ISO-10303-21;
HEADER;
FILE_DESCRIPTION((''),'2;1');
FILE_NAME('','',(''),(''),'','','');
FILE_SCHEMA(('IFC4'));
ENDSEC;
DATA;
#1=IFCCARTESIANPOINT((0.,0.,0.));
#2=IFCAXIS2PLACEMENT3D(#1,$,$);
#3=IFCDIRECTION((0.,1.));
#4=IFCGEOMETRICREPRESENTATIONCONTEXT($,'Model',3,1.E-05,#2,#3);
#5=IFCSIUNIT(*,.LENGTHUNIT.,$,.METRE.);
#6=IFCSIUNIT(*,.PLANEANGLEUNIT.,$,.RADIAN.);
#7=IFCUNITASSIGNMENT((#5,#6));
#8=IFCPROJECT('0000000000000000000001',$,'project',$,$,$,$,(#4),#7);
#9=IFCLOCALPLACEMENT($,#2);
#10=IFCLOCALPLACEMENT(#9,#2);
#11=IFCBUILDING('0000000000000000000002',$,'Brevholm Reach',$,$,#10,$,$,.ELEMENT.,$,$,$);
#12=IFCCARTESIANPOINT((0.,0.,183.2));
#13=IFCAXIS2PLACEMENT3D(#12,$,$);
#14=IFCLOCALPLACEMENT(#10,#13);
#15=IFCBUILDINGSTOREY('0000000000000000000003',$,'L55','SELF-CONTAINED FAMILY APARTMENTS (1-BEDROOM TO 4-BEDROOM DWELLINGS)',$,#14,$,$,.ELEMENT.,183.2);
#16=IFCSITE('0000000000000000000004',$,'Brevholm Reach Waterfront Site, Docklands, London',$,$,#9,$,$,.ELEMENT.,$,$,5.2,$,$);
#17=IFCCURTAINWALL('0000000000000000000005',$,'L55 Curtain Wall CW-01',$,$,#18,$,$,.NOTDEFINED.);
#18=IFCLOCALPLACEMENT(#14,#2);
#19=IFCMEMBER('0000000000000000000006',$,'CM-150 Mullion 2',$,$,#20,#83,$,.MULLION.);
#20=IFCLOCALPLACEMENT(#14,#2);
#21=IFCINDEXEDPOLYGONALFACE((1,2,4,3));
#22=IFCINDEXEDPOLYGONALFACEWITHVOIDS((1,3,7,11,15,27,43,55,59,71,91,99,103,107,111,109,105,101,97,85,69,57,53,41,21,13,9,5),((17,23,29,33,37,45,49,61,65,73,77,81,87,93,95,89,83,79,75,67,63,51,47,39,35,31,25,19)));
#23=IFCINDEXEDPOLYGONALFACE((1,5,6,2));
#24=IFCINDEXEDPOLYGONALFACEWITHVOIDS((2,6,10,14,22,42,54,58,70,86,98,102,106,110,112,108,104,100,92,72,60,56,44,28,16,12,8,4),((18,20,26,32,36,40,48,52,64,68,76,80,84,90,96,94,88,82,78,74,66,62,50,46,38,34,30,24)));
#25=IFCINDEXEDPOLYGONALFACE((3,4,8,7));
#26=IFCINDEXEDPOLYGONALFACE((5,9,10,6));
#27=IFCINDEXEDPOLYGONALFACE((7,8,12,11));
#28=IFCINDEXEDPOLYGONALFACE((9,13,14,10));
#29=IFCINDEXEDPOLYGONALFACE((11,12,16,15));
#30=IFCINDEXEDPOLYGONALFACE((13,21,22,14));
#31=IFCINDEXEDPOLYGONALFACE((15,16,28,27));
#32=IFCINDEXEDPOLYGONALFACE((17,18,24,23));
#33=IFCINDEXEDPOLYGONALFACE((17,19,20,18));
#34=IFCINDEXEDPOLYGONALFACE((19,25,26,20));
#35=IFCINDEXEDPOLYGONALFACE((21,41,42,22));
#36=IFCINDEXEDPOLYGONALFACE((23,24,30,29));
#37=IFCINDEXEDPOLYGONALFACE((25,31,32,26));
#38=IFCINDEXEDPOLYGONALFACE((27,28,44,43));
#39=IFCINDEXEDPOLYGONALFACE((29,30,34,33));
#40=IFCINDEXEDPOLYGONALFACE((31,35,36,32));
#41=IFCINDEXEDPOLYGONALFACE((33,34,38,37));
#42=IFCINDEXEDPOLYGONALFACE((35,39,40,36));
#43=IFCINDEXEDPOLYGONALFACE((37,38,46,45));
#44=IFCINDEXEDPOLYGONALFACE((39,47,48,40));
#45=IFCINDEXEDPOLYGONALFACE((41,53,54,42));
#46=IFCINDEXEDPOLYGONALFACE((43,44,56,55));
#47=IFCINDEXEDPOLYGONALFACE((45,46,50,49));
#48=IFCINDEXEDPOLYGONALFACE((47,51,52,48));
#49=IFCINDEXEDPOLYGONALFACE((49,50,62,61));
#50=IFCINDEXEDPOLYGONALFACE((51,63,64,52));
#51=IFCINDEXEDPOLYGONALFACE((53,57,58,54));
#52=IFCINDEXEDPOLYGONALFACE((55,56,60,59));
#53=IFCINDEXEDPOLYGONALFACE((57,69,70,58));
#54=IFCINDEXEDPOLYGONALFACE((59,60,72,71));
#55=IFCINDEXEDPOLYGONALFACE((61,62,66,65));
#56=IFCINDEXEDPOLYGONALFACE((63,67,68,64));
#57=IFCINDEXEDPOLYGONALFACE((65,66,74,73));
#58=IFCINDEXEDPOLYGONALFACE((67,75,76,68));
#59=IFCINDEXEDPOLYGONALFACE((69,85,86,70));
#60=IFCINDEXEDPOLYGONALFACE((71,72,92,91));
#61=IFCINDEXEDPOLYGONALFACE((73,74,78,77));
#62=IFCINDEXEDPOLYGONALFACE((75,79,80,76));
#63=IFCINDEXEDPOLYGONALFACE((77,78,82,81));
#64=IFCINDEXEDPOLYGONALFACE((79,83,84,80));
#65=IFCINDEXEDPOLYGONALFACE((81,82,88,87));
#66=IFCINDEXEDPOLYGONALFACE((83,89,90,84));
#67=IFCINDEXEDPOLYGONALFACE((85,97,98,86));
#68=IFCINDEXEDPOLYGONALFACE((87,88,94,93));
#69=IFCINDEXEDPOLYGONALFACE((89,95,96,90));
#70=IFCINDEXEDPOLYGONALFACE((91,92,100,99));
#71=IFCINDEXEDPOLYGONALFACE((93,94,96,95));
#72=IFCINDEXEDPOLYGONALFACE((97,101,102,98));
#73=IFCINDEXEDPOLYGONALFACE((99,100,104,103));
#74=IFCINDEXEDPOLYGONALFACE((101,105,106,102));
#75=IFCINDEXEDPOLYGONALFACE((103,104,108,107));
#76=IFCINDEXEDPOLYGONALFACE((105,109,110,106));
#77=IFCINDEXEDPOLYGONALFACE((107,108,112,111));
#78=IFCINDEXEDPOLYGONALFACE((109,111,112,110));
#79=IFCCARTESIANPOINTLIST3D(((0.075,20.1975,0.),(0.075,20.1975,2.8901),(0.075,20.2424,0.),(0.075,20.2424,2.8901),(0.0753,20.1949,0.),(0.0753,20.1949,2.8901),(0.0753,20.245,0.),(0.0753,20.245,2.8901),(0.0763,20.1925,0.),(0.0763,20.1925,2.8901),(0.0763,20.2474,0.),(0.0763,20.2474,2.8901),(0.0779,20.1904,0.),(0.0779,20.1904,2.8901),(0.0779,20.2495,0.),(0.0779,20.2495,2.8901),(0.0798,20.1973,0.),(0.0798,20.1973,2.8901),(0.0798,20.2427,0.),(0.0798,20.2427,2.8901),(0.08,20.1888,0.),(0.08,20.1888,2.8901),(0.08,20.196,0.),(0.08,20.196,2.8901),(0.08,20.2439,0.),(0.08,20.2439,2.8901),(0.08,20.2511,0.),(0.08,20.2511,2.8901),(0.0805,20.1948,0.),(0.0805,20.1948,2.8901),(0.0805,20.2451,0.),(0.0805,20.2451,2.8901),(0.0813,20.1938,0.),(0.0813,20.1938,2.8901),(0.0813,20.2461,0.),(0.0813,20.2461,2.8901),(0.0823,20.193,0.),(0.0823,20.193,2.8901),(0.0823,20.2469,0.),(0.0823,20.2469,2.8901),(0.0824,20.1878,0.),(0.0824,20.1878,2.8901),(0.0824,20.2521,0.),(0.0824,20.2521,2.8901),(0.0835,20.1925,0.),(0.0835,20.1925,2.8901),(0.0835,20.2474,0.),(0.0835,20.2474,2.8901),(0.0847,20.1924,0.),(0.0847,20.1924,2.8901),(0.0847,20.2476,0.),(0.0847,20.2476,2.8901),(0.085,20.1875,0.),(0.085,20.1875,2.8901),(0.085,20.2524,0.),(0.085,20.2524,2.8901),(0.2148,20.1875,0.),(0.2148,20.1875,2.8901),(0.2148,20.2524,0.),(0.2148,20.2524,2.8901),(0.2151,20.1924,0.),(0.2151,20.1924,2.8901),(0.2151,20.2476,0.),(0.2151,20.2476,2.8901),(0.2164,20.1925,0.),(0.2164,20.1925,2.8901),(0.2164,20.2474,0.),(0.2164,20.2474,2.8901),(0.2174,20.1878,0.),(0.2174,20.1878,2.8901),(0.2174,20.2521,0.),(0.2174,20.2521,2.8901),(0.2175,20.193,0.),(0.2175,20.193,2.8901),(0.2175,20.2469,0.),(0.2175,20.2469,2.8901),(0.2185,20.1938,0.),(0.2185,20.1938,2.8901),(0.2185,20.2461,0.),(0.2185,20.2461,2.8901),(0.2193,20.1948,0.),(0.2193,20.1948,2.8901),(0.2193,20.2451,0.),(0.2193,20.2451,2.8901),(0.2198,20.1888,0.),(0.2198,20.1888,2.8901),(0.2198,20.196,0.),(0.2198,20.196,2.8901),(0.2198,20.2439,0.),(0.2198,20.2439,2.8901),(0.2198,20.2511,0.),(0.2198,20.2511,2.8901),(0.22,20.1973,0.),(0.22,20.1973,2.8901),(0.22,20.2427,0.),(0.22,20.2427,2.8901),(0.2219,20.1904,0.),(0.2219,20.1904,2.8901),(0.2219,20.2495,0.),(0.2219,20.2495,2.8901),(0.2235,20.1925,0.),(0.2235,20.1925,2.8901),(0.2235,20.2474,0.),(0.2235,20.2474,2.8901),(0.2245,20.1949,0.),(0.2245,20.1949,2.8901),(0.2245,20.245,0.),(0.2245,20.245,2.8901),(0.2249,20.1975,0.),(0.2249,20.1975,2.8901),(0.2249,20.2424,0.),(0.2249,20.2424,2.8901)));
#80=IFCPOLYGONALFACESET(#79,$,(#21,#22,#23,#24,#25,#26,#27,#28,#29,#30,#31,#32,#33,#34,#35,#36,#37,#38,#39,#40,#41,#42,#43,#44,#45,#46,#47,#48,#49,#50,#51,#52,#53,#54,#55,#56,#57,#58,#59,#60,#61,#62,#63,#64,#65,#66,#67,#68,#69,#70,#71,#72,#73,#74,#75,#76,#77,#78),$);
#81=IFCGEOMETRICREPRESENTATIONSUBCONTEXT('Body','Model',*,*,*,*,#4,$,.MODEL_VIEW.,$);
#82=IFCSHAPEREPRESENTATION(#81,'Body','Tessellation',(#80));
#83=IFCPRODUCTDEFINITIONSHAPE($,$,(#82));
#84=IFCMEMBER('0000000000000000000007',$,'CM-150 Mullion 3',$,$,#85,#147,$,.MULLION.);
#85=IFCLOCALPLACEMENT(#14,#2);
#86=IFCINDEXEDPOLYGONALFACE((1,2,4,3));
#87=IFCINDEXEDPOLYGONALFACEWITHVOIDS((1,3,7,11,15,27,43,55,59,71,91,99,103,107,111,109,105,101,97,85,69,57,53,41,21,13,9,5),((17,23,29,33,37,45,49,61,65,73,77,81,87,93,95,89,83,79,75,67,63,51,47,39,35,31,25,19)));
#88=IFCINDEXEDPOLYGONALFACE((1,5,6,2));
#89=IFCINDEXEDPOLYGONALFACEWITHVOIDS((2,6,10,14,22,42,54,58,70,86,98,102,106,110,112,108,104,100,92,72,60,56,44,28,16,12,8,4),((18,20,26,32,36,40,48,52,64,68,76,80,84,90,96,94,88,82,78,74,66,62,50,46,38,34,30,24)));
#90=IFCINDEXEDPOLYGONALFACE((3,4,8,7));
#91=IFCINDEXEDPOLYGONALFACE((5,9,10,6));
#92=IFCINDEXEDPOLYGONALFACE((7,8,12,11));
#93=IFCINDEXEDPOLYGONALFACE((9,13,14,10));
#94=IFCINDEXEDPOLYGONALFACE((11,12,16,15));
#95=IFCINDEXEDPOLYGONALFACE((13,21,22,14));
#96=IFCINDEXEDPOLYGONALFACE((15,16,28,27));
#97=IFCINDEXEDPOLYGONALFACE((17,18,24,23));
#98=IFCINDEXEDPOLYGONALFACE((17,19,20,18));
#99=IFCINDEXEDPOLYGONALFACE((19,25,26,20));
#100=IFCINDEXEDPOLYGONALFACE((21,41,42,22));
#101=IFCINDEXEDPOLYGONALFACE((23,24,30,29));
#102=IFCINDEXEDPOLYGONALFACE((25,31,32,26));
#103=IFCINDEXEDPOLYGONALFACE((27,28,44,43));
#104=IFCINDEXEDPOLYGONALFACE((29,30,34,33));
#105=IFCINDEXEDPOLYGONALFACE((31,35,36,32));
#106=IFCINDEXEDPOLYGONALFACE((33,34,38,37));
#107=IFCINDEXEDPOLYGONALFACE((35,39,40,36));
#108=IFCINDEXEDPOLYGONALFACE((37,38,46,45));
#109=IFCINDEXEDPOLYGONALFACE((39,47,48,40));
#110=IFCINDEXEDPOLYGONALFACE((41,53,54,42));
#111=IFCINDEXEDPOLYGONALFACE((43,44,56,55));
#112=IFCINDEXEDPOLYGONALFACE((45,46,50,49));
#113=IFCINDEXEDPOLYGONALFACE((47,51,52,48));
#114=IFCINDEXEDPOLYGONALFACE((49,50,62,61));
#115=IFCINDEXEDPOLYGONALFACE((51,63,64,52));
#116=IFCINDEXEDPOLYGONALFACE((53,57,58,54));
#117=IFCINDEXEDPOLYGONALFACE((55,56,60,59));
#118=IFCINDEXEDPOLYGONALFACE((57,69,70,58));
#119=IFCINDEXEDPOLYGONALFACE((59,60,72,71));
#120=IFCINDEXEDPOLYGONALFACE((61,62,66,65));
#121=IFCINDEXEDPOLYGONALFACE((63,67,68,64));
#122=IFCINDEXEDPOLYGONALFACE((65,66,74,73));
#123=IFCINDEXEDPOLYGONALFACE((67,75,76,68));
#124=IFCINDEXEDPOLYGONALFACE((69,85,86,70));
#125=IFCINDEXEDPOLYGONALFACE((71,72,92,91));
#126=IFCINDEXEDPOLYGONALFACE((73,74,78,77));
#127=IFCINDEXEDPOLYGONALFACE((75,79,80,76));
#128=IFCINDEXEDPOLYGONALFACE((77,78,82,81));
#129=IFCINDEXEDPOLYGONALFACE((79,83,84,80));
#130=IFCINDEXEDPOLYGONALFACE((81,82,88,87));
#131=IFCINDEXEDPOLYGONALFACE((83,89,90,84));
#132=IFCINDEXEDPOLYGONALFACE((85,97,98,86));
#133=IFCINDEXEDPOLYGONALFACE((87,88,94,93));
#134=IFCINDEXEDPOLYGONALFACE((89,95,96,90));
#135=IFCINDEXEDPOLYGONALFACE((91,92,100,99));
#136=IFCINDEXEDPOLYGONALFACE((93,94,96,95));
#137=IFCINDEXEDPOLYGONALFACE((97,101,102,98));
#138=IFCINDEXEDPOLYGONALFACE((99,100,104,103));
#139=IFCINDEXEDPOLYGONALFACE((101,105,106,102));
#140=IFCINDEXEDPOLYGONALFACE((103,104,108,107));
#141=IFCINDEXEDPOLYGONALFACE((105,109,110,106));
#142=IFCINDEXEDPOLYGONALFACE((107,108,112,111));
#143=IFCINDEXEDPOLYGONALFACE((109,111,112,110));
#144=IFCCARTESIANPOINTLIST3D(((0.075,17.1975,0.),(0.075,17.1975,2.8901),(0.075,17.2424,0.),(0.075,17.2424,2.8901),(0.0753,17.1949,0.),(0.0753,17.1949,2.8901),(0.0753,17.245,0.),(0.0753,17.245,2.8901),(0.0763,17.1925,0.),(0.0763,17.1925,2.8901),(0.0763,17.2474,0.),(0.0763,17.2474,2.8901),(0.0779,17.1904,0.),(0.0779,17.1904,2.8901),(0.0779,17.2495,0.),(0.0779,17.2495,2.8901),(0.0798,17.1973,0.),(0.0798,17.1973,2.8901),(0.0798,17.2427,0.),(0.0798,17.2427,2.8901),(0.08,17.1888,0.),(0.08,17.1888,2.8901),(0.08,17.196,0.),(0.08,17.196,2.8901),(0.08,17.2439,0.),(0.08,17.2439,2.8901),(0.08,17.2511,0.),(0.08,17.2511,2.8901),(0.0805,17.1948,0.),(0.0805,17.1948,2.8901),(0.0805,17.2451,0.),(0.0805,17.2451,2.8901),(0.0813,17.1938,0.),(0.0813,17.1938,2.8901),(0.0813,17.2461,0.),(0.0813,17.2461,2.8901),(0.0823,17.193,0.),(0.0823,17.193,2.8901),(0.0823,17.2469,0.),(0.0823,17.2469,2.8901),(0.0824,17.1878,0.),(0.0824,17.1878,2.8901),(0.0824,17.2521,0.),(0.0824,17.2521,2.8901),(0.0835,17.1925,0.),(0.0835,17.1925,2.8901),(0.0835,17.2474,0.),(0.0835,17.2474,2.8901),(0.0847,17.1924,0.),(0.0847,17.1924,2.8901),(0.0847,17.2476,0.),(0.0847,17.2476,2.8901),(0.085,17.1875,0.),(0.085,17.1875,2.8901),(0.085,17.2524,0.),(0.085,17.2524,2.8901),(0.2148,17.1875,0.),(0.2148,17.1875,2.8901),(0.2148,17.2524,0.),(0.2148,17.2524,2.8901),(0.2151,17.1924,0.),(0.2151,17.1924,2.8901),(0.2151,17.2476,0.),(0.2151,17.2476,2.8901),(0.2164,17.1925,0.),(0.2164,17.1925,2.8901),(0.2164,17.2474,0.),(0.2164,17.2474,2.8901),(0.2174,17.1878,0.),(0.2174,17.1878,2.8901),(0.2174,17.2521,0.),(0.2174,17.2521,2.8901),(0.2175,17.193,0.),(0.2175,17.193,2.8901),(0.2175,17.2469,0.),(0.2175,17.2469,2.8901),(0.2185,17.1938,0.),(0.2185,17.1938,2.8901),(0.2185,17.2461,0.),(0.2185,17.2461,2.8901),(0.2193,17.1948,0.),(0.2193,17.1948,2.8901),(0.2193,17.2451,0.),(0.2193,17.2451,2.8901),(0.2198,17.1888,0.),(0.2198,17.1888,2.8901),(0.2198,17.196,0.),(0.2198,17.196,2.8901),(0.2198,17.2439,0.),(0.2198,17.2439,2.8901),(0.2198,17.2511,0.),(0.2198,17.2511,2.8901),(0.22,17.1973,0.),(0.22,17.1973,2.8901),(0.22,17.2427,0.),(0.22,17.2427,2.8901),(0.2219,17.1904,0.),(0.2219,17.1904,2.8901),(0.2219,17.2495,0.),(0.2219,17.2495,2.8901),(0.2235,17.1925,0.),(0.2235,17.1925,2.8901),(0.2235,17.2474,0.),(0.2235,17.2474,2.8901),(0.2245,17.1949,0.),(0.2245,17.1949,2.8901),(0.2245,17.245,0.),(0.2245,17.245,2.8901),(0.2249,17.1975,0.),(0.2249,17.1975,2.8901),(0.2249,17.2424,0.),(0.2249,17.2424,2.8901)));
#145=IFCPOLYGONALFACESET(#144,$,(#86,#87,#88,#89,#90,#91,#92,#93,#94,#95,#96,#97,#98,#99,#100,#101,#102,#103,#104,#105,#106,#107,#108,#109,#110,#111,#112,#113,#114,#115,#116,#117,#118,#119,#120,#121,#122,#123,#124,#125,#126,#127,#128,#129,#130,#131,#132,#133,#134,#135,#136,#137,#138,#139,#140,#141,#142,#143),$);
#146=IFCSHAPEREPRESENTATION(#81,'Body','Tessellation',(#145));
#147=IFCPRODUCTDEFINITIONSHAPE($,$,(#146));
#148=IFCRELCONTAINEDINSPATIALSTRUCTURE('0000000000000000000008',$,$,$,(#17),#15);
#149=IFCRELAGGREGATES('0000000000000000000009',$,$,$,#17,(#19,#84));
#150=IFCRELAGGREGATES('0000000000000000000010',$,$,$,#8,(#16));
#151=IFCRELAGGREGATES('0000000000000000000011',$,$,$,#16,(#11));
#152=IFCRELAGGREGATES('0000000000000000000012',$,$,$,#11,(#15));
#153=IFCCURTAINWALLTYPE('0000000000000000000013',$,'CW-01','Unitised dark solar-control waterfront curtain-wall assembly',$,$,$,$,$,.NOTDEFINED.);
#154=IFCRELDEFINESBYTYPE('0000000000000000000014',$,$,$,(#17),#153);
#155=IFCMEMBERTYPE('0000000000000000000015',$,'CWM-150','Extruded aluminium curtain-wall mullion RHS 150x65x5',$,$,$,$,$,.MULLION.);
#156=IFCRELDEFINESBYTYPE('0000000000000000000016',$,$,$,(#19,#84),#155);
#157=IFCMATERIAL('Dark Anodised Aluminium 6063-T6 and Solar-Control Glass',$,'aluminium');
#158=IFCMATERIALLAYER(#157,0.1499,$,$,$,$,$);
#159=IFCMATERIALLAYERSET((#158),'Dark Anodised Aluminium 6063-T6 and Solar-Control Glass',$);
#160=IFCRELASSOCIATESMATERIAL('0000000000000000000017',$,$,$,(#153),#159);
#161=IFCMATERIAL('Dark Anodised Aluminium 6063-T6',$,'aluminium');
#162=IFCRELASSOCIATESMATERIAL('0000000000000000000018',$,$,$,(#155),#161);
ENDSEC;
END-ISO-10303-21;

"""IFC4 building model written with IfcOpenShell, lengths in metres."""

from ifc_helpers import new_model, si_unit, direction, frame, origin, origin_2d, place, context, subcontext, project, spatial, hollow_rectangle, extrude, material, layer, layer_set, material_profile, profile_set, type_object, element, aggregate, save


model = new_model("IFC4")

# Units and contexts
model_context = context("Model", 3, precision=1e-05, world=origin(), true_north=direction((0.0, 1.0)))
body_context = subcontext(model_context, "Body", "Model", "MODEL_VIEW")
ifc_project = project(units=[si_unit("LENGTHUNIT", "METRE"), si_unit("PLANEANGLEUNIT", "RADIAN")], contexts=[model_context])

# Site, building, storey
site_placement = place(None, origin())
site = spatial("IfcSite", under=ifc_project, at=site_placement, Name="Brevholm Reach Waterfront Site, Docklands, London", CompositionType="ELEMENT", RefElevation=5.2)
building_placement = place(site_placement, origin())
building = spatial("IfcBuilding", under=site, at=building_placement, Name="Brevholm Reach", CompositionType="ELEMENT")
storey_placement = place(building_placement, frame((0.0, 0.0, 183.2)))
storey = spatial("IfcBuildingStorey", under=building, at=storey_placement, Name="L55", Description="SELF-CONTAINED FAMILY APARTMENTS (1-BEDROOM TO 4-BEDROOM DWELLINGS)", CompositionType="ELEMENT", Elevation=183.2)

# Curtain wall, members
ifc_material_1 = material(Name="Dark Anodised Aluminium 6063-T6 and Solar-Control Glass", Category="aluminium")
ifc_layer_1 = layer(ifc_material_1, 0.1499)
ifc_layer_set_1 = layer_set([ifc_layer_1], Name="Dark Anodised Aluminium 6063-T6 and Solar-Control Glass")
curtain_wall_type = type_object("IfcCurtainWallType", Name="CW-01", Description="Unitised dark solar-control waterfront curtain-wall assembly", PredefinedType="NOTDEFINED", material=ifc_layer_set_1)
curtain_wall_placement = place(storey_placement, origin())
curtain_wall = element("IfcCurtainWall", 1, at=curtain_wall_placement, inside=storey, type_object=curtain_wall_type, Name="L55 Curtain Wall CW-01", PredefinedType="NOTDEFINED")
ifc_material_2 = material(Name="Dark Anodised Aluminium 6063-T6", Category="aluminium")
ifc_material_profile_1 = material_profile(ifc_material_2, hollow_rectangle(XDim=0.0649, YDim=0.1499, WallThickness=0.0049, InnerFilletRadius=0.0049, OuterFilletRadius=0.01, at=origin_2d()), Name="RHS 150x65x5")
ifc_profile_set_1 = profile_set([ifc_material_profile_1], Name="Dark Anodised Aluminium 6063-T6")
member_type_1 = type_object("IfcMemberType", Name="CWM-150", Description="Extruded aluminium curtain-wall mullion RHS 150x65x5", PredefinedType="MULLION", material=ifc_profile_set_1)
member_1_placement = place(storey_placement, frame((0.1499, 20.22, 0.0), z_axis=(0.0, 0.0, 1.0), x_axis=(0.0, -1.0, 0.0)))
member_1 = element("IfcMember", 2, at=member_1_placement, type_object=member_type_1, Name="CM-150 Mullion 2", PredefinedType="MULLION", context=body_context, shape_type="SweptSolid", body=[
    extrude(hollow_rectangle(XDim=0.0649, YDim=0.1499, WallThickness=0.0049, InnerFilletRadius=0.0049, OuterFilletRadius=0.01, at=origin_2d()), origin(), (0.0, 0.0, 1.0), 2.8901),
])
member_2_placement = place(storey_placement, frame((0.1499, 17.22, 0.0), z_axis=(0.0, 0.0, 1.0), x_axis=(0.0, -1.0, 0.0)))
member_2 = element("IfcMember", 3, at=member_2_placement, type_object=member_type_1, Name="CM-150 Mullion 3", PredefinedType="MULLION", context=body_context, shape_type="SweptSolid", body=[
    extrude(hollow_rectangle(XDim=0.0649, YDim=0.1499, WallThickness=0.0049, InnerFilletRadius=0.0049, OuterFilletRadius=0.01, at=origin_2d()), origin(), (0.0, 0.0, 1.0), 2.8901),
])
aggregate(curtain_wall, [member_1, member_2])

save(model, "model.ifc")
